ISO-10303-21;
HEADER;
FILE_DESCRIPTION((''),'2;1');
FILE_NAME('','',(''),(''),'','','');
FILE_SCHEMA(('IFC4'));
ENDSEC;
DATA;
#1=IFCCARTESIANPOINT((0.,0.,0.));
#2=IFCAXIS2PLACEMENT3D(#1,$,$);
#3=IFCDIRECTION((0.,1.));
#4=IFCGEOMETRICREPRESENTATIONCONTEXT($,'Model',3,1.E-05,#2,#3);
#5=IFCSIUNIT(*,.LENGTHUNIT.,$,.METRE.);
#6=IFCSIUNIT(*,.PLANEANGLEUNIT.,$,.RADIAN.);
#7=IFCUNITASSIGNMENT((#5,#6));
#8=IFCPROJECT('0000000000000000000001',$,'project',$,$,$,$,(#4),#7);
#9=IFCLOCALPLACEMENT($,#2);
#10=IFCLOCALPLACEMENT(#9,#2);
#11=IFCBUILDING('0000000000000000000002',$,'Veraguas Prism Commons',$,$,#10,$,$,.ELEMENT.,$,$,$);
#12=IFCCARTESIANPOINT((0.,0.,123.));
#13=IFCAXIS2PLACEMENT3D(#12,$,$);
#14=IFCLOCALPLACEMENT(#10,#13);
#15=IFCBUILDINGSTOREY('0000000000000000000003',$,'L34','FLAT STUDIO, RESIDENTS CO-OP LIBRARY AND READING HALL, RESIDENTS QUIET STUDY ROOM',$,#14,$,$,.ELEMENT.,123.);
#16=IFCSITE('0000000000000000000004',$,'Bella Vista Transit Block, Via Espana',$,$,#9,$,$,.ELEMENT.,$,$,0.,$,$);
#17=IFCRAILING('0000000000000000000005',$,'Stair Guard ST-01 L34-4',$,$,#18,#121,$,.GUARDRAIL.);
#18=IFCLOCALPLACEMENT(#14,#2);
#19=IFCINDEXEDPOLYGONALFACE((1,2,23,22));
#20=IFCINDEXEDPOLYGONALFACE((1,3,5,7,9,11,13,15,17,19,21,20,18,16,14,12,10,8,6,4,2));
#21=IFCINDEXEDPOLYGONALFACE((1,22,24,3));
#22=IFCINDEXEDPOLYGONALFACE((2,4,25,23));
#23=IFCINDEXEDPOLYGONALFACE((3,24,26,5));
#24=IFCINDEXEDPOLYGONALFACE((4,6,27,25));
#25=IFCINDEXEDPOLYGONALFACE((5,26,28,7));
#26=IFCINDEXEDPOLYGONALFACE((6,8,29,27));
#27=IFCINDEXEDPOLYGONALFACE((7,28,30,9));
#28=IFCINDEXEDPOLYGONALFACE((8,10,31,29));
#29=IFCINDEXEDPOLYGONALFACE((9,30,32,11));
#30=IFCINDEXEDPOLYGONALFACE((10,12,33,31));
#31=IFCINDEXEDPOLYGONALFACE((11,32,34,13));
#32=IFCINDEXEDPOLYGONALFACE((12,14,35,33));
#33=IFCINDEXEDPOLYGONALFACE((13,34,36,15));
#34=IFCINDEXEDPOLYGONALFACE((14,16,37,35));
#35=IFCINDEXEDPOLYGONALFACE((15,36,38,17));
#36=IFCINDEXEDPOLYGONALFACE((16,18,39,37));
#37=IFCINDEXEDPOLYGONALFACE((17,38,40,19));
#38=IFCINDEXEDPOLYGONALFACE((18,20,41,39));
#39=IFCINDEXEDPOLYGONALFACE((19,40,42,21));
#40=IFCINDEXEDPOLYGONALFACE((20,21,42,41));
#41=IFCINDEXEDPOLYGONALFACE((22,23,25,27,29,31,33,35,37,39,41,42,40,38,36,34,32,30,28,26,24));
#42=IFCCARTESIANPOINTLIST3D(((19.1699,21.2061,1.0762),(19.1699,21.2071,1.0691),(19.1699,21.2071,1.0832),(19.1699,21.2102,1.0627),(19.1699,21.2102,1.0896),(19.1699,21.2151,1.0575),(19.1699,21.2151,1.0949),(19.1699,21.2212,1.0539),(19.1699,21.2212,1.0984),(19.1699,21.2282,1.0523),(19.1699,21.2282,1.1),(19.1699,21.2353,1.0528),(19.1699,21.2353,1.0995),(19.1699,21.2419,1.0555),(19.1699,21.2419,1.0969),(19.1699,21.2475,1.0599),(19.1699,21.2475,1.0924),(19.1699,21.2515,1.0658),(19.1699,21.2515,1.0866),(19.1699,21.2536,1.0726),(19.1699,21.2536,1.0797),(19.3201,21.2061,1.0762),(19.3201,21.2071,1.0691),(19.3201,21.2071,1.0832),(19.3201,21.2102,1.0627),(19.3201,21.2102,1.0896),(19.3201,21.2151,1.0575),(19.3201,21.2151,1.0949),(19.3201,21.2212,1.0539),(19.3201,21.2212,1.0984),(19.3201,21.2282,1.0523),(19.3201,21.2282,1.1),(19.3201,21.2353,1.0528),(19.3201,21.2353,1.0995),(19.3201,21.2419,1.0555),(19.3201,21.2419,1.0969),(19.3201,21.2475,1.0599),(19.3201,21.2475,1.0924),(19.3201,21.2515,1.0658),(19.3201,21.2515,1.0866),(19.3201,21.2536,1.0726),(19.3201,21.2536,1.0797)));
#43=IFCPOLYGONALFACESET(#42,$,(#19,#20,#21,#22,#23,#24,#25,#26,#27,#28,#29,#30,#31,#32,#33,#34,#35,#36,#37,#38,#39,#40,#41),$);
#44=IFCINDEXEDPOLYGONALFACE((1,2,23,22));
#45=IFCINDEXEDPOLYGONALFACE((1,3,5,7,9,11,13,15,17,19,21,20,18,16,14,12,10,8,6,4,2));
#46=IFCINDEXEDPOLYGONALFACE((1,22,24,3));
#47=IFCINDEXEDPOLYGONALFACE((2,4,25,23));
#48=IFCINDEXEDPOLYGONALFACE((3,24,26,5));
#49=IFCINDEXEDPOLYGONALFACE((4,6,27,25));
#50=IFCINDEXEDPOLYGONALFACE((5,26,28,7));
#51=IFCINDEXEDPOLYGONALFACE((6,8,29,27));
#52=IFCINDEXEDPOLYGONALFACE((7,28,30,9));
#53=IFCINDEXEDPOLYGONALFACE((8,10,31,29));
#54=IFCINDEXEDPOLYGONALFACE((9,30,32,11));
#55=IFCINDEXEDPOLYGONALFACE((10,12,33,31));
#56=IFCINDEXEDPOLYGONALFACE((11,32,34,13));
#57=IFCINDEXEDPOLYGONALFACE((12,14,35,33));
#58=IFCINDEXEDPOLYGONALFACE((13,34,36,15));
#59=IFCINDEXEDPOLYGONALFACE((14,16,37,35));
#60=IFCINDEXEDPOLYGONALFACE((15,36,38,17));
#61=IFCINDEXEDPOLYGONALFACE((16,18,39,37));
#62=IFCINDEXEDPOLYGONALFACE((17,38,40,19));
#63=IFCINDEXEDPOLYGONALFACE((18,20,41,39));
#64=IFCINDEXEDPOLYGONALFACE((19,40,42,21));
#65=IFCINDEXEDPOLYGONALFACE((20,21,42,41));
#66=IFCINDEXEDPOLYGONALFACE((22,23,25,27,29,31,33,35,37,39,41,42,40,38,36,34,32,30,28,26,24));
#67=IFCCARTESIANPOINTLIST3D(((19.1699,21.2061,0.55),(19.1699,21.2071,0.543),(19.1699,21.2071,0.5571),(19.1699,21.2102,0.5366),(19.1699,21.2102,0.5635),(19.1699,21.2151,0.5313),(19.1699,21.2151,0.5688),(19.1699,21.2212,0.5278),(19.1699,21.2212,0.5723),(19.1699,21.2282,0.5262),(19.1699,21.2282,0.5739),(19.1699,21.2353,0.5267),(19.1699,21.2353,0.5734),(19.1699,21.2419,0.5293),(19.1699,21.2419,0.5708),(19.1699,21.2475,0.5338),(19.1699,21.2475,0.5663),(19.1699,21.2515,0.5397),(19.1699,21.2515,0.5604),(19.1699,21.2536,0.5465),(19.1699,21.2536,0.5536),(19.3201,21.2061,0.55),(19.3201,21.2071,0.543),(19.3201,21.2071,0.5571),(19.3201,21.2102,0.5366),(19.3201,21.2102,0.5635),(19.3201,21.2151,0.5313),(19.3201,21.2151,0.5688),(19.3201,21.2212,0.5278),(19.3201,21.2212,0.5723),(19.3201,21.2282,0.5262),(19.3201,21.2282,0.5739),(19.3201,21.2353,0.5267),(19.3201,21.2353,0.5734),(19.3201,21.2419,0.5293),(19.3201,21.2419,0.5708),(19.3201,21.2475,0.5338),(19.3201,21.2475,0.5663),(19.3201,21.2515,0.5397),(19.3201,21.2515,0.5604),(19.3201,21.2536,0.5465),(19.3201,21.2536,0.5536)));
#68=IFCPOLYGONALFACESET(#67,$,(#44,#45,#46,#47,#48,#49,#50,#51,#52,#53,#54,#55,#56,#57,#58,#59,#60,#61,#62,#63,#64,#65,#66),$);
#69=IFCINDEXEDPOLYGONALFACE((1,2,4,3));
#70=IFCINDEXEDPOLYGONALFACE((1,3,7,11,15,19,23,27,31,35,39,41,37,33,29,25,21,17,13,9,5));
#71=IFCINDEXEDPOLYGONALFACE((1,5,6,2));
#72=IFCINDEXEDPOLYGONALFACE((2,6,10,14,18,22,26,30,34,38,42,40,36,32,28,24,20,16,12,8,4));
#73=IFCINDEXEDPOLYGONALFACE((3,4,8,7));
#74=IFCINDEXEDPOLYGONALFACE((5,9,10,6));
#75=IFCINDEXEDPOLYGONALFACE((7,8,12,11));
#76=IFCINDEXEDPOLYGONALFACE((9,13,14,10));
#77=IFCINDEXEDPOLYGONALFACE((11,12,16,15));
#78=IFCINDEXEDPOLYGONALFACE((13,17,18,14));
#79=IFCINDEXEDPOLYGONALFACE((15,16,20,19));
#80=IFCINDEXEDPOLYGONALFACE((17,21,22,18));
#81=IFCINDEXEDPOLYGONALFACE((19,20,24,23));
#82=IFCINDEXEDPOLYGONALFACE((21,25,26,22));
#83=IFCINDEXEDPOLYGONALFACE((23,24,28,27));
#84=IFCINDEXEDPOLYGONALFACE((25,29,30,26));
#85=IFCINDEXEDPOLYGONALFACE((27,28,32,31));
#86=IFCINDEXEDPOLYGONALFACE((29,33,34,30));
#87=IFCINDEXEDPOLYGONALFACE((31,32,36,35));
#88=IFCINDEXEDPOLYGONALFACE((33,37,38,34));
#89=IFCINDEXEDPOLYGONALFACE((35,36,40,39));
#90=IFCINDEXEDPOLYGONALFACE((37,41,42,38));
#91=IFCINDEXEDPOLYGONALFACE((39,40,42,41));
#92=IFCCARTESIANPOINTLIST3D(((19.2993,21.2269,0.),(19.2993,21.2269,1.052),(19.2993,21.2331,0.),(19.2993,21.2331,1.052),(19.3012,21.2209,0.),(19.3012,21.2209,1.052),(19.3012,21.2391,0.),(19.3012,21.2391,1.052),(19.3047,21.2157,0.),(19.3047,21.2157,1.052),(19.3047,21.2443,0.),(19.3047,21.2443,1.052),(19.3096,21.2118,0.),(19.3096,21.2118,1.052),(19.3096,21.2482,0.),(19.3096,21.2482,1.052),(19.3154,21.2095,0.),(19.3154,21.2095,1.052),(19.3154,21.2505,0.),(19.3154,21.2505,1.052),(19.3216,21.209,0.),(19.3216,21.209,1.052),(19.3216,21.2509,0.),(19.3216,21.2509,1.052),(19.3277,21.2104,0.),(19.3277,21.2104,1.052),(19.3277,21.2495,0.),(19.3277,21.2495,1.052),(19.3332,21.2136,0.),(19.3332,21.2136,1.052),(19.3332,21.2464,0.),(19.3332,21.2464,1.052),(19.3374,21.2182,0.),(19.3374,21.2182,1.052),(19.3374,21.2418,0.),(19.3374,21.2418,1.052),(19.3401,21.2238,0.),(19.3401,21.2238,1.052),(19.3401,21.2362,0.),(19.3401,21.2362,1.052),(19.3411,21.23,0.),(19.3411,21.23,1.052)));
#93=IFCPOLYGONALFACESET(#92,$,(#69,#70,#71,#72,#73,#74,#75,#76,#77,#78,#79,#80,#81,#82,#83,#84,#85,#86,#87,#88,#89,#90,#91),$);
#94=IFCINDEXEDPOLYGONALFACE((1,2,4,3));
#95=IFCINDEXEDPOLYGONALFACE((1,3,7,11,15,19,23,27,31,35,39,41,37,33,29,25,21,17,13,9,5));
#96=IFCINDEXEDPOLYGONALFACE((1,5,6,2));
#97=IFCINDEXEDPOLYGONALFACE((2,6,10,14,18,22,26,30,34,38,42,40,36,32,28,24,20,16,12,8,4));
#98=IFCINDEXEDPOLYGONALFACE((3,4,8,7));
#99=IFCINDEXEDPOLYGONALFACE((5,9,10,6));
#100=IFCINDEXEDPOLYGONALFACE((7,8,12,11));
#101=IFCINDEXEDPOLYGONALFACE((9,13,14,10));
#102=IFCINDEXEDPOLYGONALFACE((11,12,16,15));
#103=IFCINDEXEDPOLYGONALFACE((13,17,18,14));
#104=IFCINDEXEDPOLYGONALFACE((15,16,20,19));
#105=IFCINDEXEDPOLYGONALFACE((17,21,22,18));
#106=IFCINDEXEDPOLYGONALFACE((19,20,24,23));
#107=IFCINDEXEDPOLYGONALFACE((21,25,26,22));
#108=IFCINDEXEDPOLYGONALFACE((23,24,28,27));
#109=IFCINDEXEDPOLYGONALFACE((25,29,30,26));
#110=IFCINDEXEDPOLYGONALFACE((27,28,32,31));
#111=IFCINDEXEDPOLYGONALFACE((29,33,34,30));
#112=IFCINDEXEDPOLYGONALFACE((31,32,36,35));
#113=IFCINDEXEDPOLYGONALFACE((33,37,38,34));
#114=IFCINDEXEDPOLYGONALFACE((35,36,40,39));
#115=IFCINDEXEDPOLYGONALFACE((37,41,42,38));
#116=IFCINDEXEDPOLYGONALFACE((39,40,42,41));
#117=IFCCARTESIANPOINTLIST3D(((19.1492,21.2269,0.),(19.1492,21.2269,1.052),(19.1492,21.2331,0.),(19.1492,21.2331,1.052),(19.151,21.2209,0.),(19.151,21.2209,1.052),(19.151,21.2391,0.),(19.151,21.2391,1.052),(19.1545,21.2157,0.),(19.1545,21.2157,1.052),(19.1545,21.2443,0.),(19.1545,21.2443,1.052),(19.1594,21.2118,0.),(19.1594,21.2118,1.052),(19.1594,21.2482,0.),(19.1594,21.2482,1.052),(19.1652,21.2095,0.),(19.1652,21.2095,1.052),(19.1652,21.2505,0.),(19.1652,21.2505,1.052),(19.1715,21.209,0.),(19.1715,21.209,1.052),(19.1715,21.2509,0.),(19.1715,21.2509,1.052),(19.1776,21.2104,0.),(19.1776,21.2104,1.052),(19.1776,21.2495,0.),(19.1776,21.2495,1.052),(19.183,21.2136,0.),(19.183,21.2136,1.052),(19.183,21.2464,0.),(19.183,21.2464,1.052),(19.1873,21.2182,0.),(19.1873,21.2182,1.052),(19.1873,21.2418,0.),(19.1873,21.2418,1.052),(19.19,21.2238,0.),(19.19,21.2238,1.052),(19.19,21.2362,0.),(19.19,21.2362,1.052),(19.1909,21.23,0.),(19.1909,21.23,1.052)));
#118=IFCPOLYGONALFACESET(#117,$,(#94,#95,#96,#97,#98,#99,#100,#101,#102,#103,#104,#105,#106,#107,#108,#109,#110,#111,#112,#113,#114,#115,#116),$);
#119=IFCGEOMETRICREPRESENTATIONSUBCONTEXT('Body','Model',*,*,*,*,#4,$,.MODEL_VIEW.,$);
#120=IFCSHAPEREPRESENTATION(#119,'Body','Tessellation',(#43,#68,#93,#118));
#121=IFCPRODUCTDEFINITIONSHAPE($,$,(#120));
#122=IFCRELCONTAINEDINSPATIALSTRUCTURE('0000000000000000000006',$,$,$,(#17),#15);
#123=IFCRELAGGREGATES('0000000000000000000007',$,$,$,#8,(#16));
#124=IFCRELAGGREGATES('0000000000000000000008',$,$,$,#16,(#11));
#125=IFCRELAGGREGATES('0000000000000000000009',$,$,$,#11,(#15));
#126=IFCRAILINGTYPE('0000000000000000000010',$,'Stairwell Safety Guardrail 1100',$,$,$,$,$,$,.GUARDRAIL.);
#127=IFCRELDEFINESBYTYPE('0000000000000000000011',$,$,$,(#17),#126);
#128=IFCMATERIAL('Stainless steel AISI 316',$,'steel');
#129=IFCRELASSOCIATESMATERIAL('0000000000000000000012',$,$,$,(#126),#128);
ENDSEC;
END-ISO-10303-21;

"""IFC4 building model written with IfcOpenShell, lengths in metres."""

from ifc_helpers import new_model, si_unit, direction, frame, origin, origin_2d, place, context, subcontext, project, spatial, circle, extrude, material, type_object, element, save


model = new_model("IFC4")

# Units and contexts
model_context = context("Model", 3, precision=1e-05, world=origin(), true_north=direction((0.0, 1.0)))
body_context = subcontext(model_context, "Body", "Model", "MODEL_VIEW")
ifc_project = project(units=[si_unit("LENGTHUNIT", "METRE"), si_unit("PLANEANGLEUNIT", "RADIAN")], contexts=[model_context])

# Site, building, storey
site_placement = place(None, origin())
site = spatial("IfcSite", under=ifc_project, at=site_placement, Name="Bella Vista Transit Block, Via Espana", CompositionType="ELEMENT", RefElevation=0.0)
building_placement = place(site_placement, origin())
building = spatial("IfcBuilding", under=site, at=building_placement, Name="Veraguas Prism Commons", CompositionType="ELEMENT")
storey_placement = place(building_placement, frame((0.0, 0.0, 123.0)))
storey = spatial("IfcBuildingStorey", under=building, at=storey_placement, Name="L34", Description="FLAT STUDIO, RESIDENTS CO-OP LIBRARY AND READING HALL, RESIDENTS QUIET STUDY ROOM", CompositionType="ELEMENT", Elevation=123.0)

# Railing
ifc_material_1 = material(Name="Stainless steel AISI 316", Category="steel")
railing_type_1 = type_object("IfcRailingType", Name="Stairwell Safety Guardrail 1100", PredefinedType="GUARDRAIL", material=ifc_material_1)
railing_1_placement = place(storey_placement, frame((19.3201, 21.23, 0.0)))
element("IfcRailing", 1, at=railing_1_placement, inside=storey, type_object=railing_type_1, Name="Stair Guard ST-01 L34-4", PredefinedType="GUARDRAIL", context=body_context, shape_type="SweptSolid", body=[
    extrude(circle(Radius=0.0239, at=origin_2d()), frame((0.0, 0.0, 1.0762), z_axis=(-1.0, 0.0, 0.0), x_axis=(0.0, -1.0, 0.0)), (0.0, 0.0, 1.0), 0.1501),
    extrude(circle(Radius=0.0239, at=origin_2d()), frame((0.0, 0.0, 0.55), z_axis=(-1.0, 0.0, 0.0), x_axis=(0.0, -1.0, 0.0)), (0.0, 0.0, 1.0), 0.1501),
    extrude(circle(Radius=0.021, at=origin_2d()), origin(), (0.0, 0.0, 1.0), 1.052),
    extrude(circle(Radius=0.021, at=origin_2d()), frame((-0.1501, 0.0, 0.0)), (0.0, 0.0, 1.0), 1.052),
])

save(model, "model.ifc")
